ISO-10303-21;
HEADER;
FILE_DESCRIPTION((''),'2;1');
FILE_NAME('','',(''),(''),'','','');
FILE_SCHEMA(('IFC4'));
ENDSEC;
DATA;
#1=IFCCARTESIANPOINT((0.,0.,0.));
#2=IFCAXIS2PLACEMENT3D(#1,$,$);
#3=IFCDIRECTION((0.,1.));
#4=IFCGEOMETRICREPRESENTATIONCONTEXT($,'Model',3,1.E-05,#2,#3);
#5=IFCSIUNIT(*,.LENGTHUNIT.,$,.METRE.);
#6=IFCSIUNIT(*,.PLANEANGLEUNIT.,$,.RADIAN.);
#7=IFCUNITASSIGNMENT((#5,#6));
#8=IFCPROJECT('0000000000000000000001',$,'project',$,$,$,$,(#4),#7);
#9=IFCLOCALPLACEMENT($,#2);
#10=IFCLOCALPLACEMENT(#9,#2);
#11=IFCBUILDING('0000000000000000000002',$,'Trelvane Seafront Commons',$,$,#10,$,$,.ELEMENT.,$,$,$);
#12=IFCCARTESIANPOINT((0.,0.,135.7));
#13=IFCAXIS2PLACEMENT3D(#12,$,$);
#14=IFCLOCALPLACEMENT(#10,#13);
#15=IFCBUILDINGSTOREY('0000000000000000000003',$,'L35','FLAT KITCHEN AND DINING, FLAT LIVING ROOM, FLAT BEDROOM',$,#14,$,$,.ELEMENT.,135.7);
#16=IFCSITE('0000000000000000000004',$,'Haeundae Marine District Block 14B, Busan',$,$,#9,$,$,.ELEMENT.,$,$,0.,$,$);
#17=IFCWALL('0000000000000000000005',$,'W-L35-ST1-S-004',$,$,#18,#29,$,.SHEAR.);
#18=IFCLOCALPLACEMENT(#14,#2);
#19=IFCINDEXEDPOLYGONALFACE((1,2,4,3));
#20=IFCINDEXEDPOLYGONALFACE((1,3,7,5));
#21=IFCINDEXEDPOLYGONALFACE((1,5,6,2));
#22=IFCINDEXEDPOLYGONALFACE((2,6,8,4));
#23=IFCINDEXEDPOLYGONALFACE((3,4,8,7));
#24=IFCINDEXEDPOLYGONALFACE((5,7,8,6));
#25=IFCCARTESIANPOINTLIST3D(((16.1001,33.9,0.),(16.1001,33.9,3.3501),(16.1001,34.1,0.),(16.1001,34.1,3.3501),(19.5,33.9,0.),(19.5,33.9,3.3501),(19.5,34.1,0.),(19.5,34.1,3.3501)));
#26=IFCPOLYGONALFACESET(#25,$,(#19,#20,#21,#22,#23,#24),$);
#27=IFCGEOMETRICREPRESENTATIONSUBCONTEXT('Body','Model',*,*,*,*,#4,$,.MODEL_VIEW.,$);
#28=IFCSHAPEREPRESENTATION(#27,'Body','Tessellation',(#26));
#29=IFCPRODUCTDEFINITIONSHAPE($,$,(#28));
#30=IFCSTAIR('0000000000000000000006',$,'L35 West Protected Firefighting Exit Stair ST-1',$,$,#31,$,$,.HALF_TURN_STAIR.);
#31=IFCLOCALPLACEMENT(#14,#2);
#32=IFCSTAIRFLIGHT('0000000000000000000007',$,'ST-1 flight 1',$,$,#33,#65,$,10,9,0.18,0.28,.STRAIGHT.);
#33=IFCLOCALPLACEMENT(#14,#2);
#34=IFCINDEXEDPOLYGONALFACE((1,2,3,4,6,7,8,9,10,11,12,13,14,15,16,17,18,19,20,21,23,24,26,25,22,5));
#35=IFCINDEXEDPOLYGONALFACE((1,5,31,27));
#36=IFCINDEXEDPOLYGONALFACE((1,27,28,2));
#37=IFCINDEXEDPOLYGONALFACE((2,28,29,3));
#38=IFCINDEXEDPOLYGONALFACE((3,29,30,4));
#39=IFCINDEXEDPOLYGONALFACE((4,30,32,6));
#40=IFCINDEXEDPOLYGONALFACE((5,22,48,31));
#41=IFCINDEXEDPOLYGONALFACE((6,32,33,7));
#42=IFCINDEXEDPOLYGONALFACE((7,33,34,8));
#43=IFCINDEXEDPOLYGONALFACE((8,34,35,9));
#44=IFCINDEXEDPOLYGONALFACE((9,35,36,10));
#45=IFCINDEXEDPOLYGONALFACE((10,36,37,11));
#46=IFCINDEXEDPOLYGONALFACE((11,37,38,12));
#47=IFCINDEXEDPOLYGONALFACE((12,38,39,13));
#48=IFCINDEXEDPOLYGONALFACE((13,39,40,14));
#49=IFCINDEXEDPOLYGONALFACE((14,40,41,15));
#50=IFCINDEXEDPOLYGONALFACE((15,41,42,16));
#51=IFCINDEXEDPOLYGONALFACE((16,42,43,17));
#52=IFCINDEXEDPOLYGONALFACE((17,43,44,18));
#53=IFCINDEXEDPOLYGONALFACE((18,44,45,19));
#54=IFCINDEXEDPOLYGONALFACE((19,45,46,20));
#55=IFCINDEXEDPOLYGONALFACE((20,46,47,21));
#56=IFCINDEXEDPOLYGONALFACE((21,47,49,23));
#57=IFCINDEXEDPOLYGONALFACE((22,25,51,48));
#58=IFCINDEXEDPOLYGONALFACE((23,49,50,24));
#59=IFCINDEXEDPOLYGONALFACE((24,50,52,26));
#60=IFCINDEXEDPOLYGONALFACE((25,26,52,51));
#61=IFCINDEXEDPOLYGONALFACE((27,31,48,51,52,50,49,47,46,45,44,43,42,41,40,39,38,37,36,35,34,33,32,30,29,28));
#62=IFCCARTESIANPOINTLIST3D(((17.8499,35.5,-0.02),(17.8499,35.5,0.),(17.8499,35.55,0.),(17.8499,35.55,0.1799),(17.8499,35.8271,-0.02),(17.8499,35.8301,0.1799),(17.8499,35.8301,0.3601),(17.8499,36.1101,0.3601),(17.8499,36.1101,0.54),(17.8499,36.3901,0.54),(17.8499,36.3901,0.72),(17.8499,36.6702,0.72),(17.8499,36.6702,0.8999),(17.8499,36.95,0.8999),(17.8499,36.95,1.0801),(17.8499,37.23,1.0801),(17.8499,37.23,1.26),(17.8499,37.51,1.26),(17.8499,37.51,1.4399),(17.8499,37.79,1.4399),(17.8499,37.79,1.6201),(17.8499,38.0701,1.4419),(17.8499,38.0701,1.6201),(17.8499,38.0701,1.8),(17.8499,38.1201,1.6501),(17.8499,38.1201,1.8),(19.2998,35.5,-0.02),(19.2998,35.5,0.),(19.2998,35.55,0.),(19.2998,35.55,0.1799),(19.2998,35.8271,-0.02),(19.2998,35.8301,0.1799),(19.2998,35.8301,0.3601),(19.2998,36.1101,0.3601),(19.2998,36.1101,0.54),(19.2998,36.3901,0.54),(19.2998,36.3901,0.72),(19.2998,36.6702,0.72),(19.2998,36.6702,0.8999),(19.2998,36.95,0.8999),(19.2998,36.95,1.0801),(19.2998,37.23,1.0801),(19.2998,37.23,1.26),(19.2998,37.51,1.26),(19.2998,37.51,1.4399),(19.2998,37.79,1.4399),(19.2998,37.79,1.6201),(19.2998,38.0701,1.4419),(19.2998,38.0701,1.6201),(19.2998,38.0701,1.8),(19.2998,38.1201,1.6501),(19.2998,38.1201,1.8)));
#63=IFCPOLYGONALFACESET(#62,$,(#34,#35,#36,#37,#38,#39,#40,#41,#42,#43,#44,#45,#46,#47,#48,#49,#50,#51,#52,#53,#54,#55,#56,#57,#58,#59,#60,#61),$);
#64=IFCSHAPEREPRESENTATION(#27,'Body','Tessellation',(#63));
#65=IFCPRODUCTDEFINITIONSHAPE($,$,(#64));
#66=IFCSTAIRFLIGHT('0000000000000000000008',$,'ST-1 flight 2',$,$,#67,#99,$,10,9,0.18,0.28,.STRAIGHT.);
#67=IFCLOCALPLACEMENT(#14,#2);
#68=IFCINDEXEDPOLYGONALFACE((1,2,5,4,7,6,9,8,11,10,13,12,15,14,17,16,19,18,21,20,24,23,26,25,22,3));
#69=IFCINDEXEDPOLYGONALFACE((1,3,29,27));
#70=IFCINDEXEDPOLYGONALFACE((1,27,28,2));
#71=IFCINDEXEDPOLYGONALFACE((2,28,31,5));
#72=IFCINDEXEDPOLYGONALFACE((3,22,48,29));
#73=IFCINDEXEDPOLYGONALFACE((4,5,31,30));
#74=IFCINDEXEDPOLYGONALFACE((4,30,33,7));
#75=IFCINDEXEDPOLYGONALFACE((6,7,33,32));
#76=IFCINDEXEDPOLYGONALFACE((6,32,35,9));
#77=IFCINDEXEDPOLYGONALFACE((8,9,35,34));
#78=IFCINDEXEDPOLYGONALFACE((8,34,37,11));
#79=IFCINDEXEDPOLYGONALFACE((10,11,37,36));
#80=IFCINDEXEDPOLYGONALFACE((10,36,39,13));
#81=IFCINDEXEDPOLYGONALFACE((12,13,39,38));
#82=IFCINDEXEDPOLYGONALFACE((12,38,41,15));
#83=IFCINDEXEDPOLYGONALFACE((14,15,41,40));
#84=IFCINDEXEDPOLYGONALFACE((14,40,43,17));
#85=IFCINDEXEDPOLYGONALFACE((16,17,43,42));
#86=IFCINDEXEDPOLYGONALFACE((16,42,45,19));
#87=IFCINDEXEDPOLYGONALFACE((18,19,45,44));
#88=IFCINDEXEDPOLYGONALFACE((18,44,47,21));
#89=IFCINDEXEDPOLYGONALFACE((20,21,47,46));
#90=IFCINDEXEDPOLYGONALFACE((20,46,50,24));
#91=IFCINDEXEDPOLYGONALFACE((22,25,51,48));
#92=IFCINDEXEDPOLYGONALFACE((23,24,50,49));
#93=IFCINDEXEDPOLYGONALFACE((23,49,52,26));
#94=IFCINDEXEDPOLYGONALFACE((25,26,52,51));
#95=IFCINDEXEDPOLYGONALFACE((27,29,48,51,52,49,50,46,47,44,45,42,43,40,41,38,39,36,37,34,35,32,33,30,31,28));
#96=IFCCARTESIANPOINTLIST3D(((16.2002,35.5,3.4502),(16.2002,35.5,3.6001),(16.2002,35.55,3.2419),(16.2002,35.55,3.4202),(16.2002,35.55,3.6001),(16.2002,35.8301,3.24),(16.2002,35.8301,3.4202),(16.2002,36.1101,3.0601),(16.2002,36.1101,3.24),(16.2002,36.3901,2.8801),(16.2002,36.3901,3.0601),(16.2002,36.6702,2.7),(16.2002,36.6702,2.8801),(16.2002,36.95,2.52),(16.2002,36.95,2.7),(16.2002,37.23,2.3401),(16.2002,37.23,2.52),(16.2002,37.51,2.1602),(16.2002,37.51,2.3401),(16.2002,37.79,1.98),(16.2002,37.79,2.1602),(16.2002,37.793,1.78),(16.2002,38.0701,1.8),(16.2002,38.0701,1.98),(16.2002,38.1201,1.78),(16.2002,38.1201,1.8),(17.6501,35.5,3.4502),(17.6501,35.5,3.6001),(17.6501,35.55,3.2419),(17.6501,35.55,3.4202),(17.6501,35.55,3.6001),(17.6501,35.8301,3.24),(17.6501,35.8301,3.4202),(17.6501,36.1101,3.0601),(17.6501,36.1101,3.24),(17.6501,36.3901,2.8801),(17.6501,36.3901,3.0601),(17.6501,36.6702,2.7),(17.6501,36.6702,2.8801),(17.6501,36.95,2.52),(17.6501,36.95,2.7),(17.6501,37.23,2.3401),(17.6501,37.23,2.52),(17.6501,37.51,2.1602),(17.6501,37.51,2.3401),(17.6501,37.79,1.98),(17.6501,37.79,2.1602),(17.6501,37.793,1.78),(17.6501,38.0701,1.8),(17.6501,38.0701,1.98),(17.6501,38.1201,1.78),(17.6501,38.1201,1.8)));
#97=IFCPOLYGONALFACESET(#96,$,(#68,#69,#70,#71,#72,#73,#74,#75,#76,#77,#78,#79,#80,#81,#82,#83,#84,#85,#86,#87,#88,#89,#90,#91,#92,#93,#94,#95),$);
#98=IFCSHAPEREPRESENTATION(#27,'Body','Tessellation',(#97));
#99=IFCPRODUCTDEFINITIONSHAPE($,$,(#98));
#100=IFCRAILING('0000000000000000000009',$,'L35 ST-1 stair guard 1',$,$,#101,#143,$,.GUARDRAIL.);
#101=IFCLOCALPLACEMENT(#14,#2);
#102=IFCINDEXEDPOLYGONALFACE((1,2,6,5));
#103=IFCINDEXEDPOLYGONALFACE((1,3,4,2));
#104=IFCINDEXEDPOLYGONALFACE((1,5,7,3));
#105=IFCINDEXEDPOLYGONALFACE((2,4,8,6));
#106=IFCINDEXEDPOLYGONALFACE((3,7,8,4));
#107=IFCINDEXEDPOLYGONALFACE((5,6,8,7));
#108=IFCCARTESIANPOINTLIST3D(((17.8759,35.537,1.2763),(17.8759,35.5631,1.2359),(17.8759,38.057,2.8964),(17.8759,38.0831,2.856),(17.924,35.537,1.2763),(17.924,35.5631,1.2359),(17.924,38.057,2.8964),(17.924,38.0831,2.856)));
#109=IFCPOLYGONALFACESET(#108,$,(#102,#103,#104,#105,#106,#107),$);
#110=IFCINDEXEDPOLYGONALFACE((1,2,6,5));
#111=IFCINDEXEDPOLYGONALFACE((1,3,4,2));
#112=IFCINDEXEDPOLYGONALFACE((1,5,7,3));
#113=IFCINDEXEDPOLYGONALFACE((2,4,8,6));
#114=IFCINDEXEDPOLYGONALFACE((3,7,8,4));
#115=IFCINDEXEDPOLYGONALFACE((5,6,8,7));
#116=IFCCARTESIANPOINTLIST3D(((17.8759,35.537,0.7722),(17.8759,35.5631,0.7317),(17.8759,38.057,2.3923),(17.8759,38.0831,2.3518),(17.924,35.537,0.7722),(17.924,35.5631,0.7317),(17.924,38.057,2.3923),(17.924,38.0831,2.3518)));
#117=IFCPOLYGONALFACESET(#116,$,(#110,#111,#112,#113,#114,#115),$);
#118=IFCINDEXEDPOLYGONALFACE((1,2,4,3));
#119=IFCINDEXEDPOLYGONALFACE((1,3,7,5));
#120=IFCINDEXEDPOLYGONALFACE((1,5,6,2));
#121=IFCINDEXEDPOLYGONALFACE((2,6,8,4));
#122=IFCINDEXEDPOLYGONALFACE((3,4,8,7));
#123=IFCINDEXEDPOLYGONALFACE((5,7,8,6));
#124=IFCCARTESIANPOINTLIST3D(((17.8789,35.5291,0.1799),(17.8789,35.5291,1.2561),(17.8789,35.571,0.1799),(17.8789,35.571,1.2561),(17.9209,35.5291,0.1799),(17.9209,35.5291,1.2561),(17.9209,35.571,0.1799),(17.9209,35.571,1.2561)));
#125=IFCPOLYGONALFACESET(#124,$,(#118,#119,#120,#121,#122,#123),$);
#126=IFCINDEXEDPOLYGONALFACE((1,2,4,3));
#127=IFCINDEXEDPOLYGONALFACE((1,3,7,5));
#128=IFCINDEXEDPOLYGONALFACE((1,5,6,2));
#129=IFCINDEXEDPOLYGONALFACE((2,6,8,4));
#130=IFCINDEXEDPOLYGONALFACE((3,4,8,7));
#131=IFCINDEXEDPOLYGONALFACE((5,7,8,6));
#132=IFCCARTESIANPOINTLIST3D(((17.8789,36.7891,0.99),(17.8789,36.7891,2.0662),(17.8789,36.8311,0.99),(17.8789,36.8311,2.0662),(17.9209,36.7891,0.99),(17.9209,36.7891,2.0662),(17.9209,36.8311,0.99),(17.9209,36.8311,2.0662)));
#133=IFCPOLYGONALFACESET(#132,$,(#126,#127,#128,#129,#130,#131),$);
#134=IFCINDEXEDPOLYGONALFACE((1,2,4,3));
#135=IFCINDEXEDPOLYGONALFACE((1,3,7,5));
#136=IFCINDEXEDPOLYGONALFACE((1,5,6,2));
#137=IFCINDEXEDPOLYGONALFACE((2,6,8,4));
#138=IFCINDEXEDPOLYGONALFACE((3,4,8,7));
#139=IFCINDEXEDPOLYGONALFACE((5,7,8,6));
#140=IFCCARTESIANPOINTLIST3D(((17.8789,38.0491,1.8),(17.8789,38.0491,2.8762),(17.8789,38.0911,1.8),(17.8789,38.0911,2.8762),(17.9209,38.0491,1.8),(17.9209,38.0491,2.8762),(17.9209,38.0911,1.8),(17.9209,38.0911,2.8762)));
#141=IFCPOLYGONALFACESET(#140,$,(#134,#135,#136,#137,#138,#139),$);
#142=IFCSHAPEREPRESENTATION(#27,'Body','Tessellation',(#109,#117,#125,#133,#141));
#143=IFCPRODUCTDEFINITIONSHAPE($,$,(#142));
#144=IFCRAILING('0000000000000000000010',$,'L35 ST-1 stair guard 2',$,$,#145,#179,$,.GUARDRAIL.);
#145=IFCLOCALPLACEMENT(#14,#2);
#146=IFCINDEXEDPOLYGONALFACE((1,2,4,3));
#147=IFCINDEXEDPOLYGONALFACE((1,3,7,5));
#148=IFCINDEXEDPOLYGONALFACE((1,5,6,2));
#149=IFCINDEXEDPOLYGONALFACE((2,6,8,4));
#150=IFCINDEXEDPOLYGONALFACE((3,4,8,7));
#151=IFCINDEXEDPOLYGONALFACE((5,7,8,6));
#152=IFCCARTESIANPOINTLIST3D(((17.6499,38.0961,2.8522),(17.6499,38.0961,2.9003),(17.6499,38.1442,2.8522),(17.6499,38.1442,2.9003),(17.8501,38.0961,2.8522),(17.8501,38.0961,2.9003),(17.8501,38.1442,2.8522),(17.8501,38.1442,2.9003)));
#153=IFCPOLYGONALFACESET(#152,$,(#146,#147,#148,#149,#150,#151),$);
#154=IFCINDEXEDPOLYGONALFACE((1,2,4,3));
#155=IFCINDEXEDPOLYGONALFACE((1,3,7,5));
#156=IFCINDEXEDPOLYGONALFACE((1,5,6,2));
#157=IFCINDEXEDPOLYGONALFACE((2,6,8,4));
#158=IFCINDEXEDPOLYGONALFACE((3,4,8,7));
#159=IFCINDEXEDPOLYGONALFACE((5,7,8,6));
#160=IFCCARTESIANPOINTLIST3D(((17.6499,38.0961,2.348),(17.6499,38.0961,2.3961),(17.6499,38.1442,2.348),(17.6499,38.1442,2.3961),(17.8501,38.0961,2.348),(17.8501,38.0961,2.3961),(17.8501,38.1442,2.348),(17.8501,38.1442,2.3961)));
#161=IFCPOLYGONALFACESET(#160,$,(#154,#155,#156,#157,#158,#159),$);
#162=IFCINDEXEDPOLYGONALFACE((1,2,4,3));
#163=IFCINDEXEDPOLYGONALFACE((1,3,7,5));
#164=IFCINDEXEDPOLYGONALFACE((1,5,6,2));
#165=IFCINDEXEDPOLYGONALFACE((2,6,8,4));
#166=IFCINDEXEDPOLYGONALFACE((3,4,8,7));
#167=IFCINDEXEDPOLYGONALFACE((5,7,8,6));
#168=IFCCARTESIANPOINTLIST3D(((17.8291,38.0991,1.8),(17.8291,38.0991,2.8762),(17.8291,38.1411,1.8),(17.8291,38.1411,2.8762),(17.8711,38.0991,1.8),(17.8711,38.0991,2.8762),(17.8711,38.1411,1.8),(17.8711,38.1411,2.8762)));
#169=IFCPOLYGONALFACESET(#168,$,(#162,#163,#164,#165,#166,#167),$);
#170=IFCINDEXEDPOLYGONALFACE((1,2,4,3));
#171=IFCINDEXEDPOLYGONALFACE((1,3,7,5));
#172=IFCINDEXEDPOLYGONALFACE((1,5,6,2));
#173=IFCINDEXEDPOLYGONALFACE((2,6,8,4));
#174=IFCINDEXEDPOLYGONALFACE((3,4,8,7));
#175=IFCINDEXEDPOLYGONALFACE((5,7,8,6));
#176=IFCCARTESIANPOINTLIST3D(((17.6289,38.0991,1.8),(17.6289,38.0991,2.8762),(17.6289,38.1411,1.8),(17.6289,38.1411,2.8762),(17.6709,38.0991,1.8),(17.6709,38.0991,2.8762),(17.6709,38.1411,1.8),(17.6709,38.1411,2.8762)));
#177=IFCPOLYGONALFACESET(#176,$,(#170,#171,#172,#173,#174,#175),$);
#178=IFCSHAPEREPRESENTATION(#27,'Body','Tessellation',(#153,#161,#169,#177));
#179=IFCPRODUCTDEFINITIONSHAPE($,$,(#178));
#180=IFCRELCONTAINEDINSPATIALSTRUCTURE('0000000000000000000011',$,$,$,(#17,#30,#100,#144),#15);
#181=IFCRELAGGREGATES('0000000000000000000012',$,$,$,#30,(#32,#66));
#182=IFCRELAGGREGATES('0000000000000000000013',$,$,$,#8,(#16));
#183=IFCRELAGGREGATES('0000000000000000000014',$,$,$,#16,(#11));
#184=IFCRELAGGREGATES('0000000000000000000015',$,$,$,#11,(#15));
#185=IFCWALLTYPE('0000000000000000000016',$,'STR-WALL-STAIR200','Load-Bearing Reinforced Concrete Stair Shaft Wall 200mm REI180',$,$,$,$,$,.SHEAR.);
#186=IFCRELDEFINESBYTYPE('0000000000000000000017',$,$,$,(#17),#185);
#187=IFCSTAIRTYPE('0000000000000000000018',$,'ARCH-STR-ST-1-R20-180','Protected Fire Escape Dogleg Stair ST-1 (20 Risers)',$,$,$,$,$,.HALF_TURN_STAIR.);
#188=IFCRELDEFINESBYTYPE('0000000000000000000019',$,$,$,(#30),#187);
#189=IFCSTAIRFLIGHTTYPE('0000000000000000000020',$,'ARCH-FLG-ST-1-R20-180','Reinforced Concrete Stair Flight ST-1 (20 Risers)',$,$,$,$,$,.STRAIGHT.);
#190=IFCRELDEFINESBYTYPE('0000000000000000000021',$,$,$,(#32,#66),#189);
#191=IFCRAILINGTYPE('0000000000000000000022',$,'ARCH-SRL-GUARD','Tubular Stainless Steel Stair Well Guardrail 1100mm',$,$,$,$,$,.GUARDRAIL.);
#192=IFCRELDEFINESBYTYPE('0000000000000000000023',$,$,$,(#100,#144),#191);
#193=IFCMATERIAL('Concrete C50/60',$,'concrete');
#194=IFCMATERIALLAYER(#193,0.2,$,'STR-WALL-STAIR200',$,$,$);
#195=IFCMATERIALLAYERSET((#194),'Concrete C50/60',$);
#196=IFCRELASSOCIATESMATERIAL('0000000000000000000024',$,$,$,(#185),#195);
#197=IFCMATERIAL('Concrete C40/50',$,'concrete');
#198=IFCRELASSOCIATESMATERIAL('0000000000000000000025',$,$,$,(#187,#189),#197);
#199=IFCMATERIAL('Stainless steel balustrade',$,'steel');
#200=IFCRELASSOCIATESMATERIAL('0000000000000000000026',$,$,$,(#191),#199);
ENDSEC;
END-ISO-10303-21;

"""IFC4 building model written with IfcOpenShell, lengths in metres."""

from ifc_helpers import new_model, si_unit, direction, frame, frame_2d, origin, origin_2d, place, context, subcontext, project, spatial, polyline, rectangle, outline, extrude, source, transform, mapped, material, layer, layer_set, type_object, element, aggregate, save


model = new_model("IFC4")

# Units and contexts
model_context = context("Model", 3, precision=1e-05, world=origin(), true_north=direction((0.0, 1.0)))
body_context = subcontext(model_context, "Body", "Model", "MODEL_VIEW")
ifc_project = project(units=[si_unit("LENGTHUNIT", "METRE"), si_unit("PLANEANGLEUNIT", "RADIAN")], contexts=[model_context])

# Site, building, storey
site_placement = place(None, origin())
site = spatial("IfcSite", under=ifc_project, at=site_placement, Name="Haeundae Marine District Block 14B, Busan", CompositionType="ELEMENT", RefElevation=0.0)
building_placement = place(site_placement, origin())
building = spatial("IfcBuilding", under=site, at=building_placement, Name="Trelvane Seafront Commons", CompositionType="ELEMENT")
storey_placement = place(building_placement, frame((0.0, 0.0, 135.7)))
storey = spatial("IfcBuildingStorey", under=building, at=storey_placement, Name="L35", Description="FLAT KITCHEN AND DINING, FLAT LIVING ROOM, FLAT BEDROOM", CompositionType="ELEMENT", Elevation=135.7)

# Shared definitions
ifc_material_1 = material(Name="Concrete C40/50", Category="concrete")
ifc_material_2 = material(Name="Stainless steel balustrade", Category="steel")

# Wall
ifc_material_3 = material(Name="Concrete C50/60", Category="concrete")
ifc_layer_1 = layer(ifc_material_3, 0.2, Name="STR-WALL-STAIR200")
ifc_layer_set_1 = layer_set([ifc_layer_1], Name="Concrete C50/60")
wall_type_1 = type_object("IfcWallType", Name="STR-WALL-STAIR200", Description="Load-Bearing Reinforced Concrete Stair Shaft Wall 200mm REI180", PredefinedType="SHEAR", material=ifc_layer_set_1)
wall_1_placement = place(storey_placement, frame((16.1001, 34.0, 0.0), z_axis=(0.0, 0.0, 1.0), x_axis=(1.0, 0.0, 0.0)))
element("IfcWall", 1, at=wall_1_placement, inside=storey, type_object=wall_type_1, Name="W-L35-ST1-S-004", PredefinedType="SHEAR", context=body_context, shape_type="SweptSolid", body=[
    extrude(rectangle(XDim=3.3999, YDim=0.2, at=frame_2d((1.7, 0.0))), origin(), (0.0, 0.0, 1.0), 3.3501),
])

# Stair, stair flights
stair_type = type_object("IfcStairType", Name="ARCH-STR-ST-1-R20-180", Description="Protected Fire Escape Dogleg Stair ST-1 (20 Risers)", PredefinedType="HALF_TURN_STAIR", material=ifc_material_1)
stair_placement = place(storey_placement, origin())
stair = element("IfcStair", 2, at=stair_placement, inside=storey, type_object=stair_type, Name="L35 West Protected Firefighting Exit Stair ST-1", PredefinedType="HALF_TURN_STAIR")
stair_flight_type = type_object("IfcStairFlightType", Name="ARCH-FLG-ST-1-R20-180", Description="Reinforced Concrete Stair Flight ST-1 (20 Risers)", PredefinedType="STRAIGHT", material=ifc_material_1)
shared_shape_1 = source(origin(), body_context, "Body", "SweptSolid", [
    extrude(outline(polyline([(-0.05, -0.02), (-0.05, 0.0), (0.0, 0.0), (0.0, 0.1799), (0.28, 0.1799), (0.28, 0.3601), (0.5601, 0.3601), (0.5601, 0.54), (0.8401, 0.54), (0.8401, 0.72), (1.1201, 0.72), (1.1201, 0.8999), (1.3999, 0.8999), (1.3999, 1.0801), (1.6799, 1.0801), (1.6799, 1.26), (1.96, 1.26), (1.96, 1.4399), (2.24, 1.4399), (2.24, 1.6201), (2.52, 1.6201), (2.52, 1.8), (2.5701, 1.8), (2.5701, 1.6501), (2.52, 1.4419), (0.2771, -0.02), (-0.05, -0.02)])), frame((0.0, 0.7251, 0.0), z_axis=(0.0, -1.0, 0.0), x_axis=(1.0, 0.0, 0.0)), (0.0, 0.0, 1.0), 1.45),
])
stair_flight_1_placement = place(storey_placement, frame((18.575, 35.55, 0.0), z_axis=(0.0, 0.0, 1.0), x_axis=(0.0, 1.0, 0.0)))
stair_flight_1 = element("IfcStairFlight", 3, at=stair_flight_1_placement, type_object=stair_flight_type, Name="ST-1 flight 1", NumberOfRisers=10, NumberOfTreads=9, PredefinedType="STRAIGHT", RiserHeight=0.18, TreadLength=0.28, context=body_context, shape_type="MappedRepresentation", body=[
    mapped(shared_shape_1, transform((0.0, 0.0, 0.0), x_axis=(1.0, 0.0, 0.0), y_axis=(0.0, 1.0, 0.0), z_axis=(0.0, 0.0, 1.0), scale=1.0)),
])
stair_flight_2_placement = place(storey_placement, frame((16.925, 38.0701, 1.8), z_axis=(0.0, 0.0, 1.0), x_axis=(0.0, -1.0, 0.0)))
stair_flight_2 = element("IfcStairFlight", 4, at=stair_flight_2_placement, type_object=stair_flight_type, Name="ST-1 flight 2", NumberOfRisers=10, NumberOfTreads=9, PredefinedType="STRAIGHT", RiserHeight=0.18, TreadLength=0.28, context=body_context, shape_type="MappedRepresentation", body=[
    mapped(shared_shape_1, transform((0.0, 0.0, 0.0), x_axis=(1.0, 0.0, 0.0), y_axis=(0.0, 1.0, 0.0), z_axis=(0.0, 0.0, 1.0), scale=1.0)),
])
aggregate(stair, [stair_flight_1, stair_flight_2])

# Railings
railing_type_1 = type_object("IfcRailingType", Name="ARCH-SRL-GUARD", Description="Tubular Stainless Steel Stair Well Guardrail 1100mm", PredefinedType="GUARDRAIL", material=ifc_material_2)
railing_1_placement = place(storey_placement, frame((17.8999, 35.55, 0.1799)))
element("IfcRailing", 5, at=railing_1_placement, inside=storey, type_object=railing_type_1, Name="L35 ST-1 stair guard 1", PredefinedType="GUARDRAIL", context=body_context, shape_type="SweptSolid", body=[
    extrude(rectangle(XDim=0.0481, YDim=0.0481, at=origin_2d()), frame((0.0, 0.0, 1.0762), z_axis=(0.0, 0.841163, 0.540782), x_axis=(-1.0, 0.0, 0.0)), (0.0, 0.0, 1.0), 2.9958),
    extrude(rectangle(XDim=0.0481, YDim=0.0481, at=origin_2d()), frame((0.0, 0.0, 0.572), z_axis=(0.0, 0.841163, 0.540782), x_axis=(-1.0, 0.0, 0.0)), (0.0, 0.0, 1.0), 2.9958),
    extrude(rectangle(XDim=0.042, YDim=0.042, at=origin_2d()), origin(), (0.0, 0.0, 1.0), 1.0762),
    extrude(rectangle(XDim=0.042, YDim=0.042, at=origin_2d()), frame((0.0, 1.26, 0.8101)), (0.0, 0.0, 1.0), 1.0762),
    extrude(rectangle(XDim=0.042, YDim=0.042, at=origin_2d()), frame((0.0, 2.52, 1.6201)), (0.0, 0.0, 1.0), 1.0762),
])
railing_2_placement = place(storey_placement, frame((17.8501, 38.1201, 1.8)))
element("IfcRailing", 6, at=railing_2_placement, inside=storey, type_object=railing_type_1, Name="L35 ST-1 stair guard 2", PredefinedType="GUARDRAIL", context=body_context, shape_type="SweptSolid", body=[
    extrude(rectangle(XDim=0.0481, YDim=0.0481, at=origin_2d()), frame((0.0, 0.0, 1.0762), z_axis=(-1.0, 0.0, 0.0), x_axis=(0.0, -1.0, 0.0)), (0.0, 0.0, 1.0), 0.2002),
    extrude(rectangle(XDim=0.0481, YDim=0.0481, at=origin_2d()), frame((0.0, 0.0, 0.572), z_axis=(-1.0, 0.0, 0.0), x_axis=(0.0, -1.0, 0.0)), (0.0, 0.0, 1.0), 0.2002),
    extrude(rectangle(XDim=0.042, YDim=0.042, at=origin_2d()), origin(), (0.0, 0.0, 1.0), 1.0762),
    extrude(rectangle(XDim=0.042, YDim=0.042, at=origin_2d()), frame((-0.2002, 0.0, 0.0)), (0.0, 0.0, 1.0), 1.0762),
])

save(model, "model.ifc")
